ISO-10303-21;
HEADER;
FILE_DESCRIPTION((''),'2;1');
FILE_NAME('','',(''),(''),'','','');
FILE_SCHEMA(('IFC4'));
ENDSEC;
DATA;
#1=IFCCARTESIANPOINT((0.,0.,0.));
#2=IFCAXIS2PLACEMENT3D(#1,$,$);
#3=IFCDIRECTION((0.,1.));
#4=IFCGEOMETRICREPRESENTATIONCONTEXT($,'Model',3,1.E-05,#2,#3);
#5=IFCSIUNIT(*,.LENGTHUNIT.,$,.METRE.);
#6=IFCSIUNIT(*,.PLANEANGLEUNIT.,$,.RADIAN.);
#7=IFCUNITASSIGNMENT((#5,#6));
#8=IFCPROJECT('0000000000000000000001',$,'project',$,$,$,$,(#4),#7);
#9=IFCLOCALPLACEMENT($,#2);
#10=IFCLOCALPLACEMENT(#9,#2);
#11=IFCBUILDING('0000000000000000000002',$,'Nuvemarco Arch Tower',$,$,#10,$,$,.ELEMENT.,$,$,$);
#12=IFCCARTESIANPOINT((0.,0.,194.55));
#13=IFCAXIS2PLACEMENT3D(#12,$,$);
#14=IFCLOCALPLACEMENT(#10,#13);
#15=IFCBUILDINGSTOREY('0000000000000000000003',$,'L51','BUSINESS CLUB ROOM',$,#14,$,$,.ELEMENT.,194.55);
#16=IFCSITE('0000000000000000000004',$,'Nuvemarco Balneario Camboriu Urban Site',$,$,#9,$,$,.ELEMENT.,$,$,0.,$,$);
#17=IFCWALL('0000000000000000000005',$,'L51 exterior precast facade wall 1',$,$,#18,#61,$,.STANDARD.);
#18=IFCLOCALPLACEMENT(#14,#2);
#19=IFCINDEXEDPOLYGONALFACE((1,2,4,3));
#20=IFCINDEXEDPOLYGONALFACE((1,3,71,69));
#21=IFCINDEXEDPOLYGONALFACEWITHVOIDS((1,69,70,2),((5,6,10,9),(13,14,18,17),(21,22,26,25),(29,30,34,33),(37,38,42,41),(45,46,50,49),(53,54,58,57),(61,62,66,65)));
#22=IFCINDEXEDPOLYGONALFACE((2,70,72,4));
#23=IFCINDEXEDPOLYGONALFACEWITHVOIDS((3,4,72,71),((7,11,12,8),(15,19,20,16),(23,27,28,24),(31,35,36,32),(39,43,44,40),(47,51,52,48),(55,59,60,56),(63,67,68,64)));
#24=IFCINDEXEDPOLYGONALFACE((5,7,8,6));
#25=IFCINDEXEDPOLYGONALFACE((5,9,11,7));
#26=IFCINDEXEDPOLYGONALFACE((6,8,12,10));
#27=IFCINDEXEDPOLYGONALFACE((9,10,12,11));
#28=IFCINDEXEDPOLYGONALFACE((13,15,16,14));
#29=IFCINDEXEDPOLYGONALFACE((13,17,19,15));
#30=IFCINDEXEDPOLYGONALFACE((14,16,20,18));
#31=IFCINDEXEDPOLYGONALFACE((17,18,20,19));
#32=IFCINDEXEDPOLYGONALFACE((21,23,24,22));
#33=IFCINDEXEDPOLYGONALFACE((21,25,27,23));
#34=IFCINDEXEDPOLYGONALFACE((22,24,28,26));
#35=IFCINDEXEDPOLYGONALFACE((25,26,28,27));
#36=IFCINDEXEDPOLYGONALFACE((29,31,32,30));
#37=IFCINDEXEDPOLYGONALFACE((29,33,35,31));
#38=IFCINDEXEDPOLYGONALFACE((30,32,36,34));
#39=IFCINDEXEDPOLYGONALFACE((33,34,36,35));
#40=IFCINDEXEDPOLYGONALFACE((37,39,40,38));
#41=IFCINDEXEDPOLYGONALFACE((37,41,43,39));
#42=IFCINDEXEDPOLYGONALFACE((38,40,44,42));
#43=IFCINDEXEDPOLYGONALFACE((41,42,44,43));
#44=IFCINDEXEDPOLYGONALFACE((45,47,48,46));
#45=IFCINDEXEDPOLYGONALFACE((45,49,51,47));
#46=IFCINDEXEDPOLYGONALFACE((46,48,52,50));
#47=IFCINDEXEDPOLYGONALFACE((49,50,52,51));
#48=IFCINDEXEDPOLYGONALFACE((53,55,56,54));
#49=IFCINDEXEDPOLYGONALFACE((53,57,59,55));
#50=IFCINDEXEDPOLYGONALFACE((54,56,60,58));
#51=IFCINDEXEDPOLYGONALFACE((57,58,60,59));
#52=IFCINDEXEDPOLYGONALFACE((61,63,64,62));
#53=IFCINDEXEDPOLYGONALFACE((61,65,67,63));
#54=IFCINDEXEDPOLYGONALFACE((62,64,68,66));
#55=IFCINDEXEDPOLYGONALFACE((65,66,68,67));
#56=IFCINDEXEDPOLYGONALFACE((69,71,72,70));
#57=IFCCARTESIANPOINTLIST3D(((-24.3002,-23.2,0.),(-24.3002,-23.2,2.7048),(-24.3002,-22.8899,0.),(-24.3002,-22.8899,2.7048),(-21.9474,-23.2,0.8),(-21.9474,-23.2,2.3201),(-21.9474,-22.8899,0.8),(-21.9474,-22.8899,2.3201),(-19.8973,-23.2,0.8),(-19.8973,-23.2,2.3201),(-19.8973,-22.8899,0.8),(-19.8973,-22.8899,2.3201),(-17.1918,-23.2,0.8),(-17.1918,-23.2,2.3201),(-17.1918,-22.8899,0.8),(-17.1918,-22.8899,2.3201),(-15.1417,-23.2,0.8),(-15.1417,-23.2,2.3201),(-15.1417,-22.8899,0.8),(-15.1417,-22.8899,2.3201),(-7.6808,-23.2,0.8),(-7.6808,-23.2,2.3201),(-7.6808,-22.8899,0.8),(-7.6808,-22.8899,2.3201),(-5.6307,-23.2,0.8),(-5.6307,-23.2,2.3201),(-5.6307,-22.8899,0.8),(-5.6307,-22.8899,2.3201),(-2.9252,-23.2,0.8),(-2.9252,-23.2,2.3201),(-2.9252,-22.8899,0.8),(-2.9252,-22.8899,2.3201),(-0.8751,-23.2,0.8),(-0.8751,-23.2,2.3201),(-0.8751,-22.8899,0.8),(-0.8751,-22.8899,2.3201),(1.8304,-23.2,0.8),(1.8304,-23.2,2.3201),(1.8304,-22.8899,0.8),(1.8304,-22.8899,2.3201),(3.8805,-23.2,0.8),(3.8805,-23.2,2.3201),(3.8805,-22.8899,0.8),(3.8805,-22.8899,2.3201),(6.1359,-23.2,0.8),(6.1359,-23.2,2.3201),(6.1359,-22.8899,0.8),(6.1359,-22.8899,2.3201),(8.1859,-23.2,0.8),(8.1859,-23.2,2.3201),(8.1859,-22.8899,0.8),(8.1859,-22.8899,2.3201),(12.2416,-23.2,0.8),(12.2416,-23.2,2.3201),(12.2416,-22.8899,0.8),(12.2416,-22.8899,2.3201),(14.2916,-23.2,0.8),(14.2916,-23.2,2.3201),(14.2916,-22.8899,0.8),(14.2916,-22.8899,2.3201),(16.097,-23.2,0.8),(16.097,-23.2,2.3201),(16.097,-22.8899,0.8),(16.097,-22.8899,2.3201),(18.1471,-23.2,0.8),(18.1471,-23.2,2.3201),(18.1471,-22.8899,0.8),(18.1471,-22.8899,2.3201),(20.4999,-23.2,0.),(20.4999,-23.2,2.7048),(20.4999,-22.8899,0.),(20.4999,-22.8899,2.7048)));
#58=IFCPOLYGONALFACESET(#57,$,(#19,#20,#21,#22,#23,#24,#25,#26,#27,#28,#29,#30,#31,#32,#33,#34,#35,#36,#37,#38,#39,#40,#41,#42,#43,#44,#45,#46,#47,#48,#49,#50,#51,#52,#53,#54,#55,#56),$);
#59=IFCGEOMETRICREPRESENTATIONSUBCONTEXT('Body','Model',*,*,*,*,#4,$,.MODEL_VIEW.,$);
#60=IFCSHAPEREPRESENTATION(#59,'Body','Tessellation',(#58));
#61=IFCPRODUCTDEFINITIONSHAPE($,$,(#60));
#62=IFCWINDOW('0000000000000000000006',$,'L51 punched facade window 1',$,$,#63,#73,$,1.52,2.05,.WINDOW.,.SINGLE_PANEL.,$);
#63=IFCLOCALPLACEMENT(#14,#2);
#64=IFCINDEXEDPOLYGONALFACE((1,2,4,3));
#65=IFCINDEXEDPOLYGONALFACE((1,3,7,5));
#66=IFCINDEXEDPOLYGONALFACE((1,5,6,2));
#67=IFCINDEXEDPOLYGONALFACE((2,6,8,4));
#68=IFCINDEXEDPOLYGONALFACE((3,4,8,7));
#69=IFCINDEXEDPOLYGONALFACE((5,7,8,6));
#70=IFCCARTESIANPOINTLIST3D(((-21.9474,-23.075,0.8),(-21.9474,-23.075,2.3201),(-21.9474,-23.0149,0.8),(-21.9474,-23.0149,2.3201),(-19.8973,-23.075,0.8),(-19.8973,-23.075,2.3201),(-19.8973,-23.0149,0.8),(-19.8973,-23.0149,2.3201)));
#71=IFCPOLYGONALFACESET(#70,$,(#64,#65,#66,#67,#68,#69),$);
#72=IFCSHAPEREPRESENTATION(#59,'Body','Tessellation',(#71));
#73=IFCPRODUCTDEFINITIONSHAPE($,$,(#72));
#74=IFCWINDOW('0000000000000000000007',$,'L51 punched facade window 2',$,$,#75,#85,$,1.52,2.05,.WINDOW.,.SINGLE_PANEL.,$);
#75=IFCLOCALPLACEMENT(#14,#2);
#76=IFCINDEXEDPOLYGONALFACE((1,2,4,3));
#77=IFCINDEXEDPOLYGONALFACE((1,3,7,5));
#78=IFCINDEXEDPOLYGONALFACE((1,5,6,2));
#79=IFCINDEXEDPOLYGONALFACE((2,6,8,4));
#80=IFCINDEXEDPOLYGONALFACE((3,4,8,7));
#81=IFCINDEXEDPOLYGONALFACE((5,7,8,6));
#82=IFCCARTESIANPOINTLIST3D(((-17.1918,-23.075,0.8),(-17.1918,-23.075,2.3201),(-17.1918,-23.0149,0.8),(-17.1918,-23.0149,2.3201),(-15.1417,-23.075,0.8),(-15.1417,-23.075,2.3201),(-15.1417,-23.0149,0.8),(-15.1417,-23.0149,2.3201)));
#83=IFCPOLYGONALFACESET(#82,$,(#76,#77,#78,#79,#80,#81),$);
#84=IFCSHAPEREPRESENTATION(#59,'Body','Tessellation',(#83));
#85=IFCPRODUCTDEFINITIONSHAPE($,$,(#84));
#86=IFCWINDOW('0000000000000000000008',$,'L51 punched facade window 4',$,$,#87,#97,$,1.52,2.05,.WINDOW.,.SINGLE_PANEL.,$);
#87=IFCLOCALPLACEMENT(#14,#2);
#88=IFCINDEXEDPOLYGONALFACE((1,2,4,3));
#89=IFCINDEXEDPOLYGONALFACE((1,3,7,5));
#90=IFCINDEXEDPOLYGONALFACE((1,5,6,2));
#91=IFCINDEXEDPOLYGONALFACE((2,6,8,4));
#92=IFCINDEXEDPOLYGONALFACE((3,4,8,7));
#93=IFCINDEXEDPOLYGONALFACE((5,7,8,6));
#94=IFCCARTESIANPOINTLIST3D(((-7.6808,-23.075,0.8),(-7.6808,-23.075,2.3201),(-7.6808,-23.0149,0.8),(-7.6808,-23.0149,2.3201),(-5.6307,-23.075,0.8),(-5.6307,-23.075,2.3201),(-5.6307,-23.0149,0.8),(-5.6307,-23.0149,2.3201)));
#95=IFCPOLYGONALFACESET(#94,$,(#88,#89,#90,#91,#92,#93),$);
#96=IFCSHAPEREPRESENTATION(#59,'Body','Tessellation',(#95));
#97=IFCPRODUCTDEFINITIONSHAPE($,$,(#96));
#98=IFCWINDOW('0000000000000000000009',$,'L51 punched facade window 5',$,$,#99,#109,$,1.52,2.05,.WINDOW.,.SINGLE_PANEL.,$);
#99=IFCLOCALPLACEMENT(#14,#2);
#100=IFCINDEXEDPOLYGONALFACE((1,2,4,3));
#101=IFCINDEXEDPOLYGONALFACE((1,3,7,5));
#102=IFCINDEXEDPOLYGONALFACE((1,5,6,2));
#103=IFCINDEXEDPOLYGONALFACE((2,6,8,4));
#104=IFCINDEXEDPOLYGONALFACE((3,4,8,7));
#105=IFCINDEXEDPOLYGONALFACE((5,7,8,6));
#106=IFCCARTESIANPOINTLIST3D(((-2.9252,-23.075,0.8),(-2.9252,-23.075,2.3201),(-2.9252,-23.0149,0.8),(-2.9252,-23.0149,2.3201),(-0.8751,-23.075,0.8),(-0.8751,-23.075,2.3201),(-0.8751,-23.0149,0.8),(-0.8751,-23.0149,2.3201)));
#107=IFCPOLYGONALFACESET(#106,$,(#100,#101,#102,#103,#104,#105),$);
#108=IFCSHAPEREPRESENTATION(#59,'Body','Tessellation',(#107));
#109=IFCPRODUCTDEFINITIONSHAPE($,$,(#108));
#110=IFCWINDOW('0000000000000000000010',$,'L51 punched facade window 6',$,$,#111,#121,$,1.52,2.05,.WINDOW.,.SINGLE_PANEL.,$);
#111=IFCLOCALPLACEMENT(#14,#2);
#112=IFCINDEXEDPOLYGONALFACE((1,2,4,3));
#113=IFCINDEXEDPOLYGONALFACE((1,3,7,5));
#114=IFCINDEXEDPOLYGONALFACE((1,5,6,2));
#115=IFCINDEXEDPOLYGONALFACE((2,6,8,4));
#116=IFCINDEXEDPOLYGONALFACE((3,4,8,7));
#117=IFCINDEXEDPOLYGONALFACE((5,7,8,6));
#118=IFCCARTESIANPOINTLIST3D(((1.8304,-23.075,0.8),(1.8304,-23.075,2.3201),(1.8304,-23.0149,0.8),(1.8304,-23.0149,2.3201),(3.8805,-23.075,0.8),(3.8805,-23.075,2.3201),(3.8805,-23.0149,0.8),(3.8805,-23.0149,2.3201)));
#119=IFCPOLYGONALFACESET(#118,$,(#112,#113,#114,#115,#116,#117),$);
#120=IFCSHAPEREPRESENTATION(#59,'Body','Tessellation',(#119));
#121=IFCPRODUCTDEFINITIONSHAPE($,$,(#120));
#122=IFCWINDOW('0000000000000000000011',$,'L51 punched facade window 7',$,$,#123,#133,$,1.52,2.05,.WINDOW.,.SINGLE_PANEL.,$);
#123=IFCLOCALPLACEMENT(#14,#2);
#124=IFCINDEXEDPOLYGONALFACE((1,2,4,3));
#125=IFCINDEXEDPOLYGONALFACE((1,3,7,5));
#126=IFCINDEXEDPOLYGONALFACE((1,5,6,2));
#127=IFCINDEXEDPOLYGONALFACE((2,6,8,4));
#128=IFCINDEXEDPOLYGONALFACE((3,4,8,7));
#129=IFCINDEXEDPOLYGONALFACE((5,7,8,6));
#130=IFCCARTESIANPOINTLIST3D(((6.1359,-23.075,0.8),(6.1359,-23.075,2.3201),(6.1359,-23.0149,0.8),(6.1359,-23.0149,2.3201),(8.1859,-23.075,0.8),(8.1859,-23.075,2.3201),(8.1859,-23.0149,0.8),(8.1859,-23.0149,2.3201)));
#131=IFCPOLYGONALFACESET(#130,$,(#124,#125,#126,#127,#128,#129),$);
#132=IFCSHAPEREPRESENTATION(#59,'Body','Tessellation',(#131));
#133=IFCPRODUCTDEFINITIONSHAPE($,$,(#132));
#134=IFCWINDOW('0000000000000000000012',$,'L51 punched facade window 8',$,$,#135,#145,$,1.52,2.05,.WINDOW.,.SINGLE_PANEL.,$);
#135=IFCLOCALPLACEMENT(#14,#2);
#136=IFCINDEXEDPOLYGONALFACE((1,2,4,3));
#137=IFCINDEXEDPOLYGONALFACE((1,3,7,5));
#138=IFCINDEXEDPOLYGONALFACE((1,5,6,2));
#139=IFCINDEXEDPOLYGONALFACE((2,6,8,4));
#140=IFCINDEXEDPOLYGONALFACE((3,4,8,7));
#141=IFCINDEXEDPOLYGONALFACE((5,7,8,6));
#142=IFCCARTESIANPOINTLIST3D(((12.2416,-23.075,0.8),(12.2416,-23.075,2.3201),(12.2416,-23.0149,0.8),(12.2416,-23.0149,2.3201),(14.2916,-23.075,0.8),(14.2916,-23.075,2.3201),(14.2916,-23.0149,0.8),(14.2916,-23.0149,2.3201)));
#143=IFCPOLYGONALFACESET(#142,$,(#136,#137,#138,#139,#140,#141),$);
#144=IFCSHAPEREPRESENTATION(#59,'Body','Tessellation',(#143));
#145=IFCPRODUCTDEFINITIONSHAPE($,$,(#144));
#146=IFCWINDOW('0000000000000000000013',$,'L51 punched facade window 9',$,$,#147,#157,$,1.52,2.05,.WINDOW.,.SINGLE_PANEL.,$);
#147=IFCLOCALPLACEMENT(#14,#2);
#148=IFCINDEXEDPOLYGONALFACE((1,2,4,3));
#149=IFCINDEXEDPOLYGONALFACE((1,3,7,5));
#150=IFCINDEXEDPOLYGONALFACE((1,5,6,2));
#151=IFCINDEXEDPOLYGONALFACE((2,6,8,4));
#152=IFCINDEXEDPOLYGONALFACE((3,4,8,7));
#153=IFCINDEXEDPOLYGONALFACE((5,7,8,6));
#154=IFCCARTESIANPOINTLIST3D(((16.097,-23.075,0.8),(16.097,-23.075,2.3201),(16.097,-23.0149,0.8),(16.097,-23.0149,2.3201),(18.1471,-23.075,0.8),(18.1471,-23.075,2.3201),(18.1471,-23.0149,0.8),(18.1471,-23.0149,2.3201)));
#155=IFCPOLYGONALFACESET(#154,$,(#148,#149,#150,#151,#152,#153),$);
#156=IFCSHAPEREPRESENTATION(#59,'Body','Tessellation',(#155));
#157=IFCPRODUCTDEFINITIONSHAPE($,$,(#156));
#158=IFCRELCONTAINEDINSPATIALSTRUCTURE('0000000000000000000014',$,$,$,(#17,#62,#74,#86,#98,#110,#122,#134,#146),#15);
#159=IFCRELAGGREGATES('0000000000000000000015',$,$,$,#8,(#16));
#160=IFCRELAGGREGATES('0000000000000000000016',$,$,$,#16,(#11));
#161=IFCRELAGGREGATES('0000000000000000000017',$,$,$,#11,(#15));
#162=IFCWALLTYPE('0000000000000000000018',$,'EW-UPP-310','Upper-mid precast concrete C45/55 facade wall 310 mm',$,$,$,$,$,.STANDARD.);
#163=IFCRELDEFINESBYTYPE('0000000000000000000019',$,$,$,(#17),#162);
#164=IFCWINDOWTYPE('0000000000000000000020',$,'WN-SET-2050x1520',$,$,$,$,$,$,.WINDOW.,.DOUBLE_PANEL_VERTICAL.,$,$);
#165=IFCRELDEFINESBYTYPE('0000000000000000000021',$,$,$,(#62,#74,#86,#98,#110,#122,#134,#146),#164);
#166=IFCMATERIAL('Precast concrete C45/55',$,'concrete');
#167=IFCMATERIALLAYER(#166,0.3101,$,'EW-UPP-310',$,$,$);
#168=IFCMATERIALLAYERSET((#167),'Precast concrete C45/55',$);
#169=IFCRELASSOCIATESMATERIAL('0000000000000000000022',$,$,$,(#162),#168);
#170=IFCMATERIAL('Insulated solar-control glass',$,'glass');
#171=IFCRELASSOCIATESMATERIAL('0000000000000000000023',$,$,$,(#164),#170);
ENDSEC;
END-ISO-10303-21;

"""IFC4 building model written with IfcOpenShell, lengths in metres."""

from ifc_helpers import new_model, si_unit, direction, frame, frame_2d, origin, place, context, subcontext, project, spatial, rectangle, extrude, source, transform, mapped, material, layer, layer_set, type_object, type_shapes, element, fill, save


model = new_model("IFC4")

# Units and contexts
model_context = context("Model", 3, precision=1e-05, world=origin(), true_north=direction((0.0, 1.0)))
body_context = subcontext(model_context, "Body", "Model", "MODEL_VIEW")
ifc_project = project(units=[si_unit("LENGTHUNIT", "METRE"), si_unit("PLANEANGLEUNIT", "RADIAN")], contexts=[model_context])

# Site, building, storey
site_placement = place(None, origin())
site = spatial("IfcSite", under=ifc_project, at=site_placement, Name="Nuvemarco Balneario Camboriu Urban Site", CompositionType="ELEMENT", RefElevation=0.0)
building_placement = place(site_placement, origin())
building = spatial("IfcBuilding", under=site, at=building_placement, Name="Nuvemarco Arch Tower", CompositionType="ELEMENT")
storey_placement = place(building_placement, frame((0.0, 0.0, 194.55)))
storey = spatial("IfcBuildingStorey", under=building, at=storey_placement, Name="L51", Description="BUSINESS CLUB ROOM", CompositionType="ELEMENT", Elevation=194.55)

# Wall, openings, windows
ifc_material_1 = material(Name="Precast concrete C45/55", Category="concrete")
ifc_layer_1 = layer(ifc_material_1, 0.3101, Name="EW-UPP-310")
ifc_layer_set_1 = layer_set([ifc_layer_1], Name="Precast concrete C45/55")
wall_type_1 = type_object("IfcWallType", Name="EW-UPP-310", Description="Upper-mid precast concrete C45/55 facade wall 310 mm", PredefinedType="STANDARD", material=ifc_layer_set_1)
wall_1_placement = place(storey_placement, frame((-24.3, -23.0449, 0.0), z_axis=(0.0, 0.0, 1.0), x_axis=(1.0, 0.0, 0.0)))
wall_1 = element("IfcWall", 1, at=wall_1_placement, inside=storey, type_object=wall_type_1, Name="L51 exterior precast facade wall 1", PredefinedType="STANDARD", context=body_context, shape_type="SweptSolid", body=[
    extrude(rectangle(XDim=44.8, YDim=0.3101, at=frame_2d((22.3999, 0.0))), origin(), (0.0, 0.0, 1.0), 2.7048),
])
opening_1_placement = place(wall_1_placement, frame((2.3528, 0.0, 0.8)))
opening_1 = element("IfcOpeningElement", 2, at=opening_1_placement, cuts=wall_1, PredefinedType="OPENING", context=body_context, shape_type="SweptSolid", body=[
    extrude(rectangle(XDim=2.05, YDim=1.52, at=frame_2d((1.0249, 0.76))), frame((0.0, 0.165, 0.0), z_axis=(0.0, -1.0, 0.0), x_axis=(1.0, 0.0, 0.0)), (0.0, 0.0, 1.0), 0.3301),
])
opening_2_placement = place(wall_1_placement, frame((7.1084, 0.0, 0.8)))
opening_2 = element("IfcOpeningElement", 3, at=opening_2_placement, cuts=wall_1, PredefinedType="OPENING", context=body_context, shape_type="SweptSolid", body=[
    extrude(rectangle(XDim=2.05, YDim=1.52, at=frame_2d((1.0249, 0.76))), frame((0.0, 0.165, 0.0), z_axis=(0.0, -1.0, 0.0), x_axis=(1.0, 0.0, 0.0)), (0.0, 0.0, 1.0), 0.3301),
])
opening_3_placement = place(wall_1_placement, frame((16.6194, 0.0, 0.8)))
opening_3 = element("IfcOpeningElement", 4, at=opening_3_placement, cuts=wall_1, PredefinedType="OPENING", context=body_context, shape_type="SweptSolid", body=[
    extrude(rectangle(XDim=2.05, YDim=1.52, at=frame_2d((1.0249, 0.76))), frame((0.0, 0.165, 0.0), z_axis=(0.0, -1.0, 0.0), x_axis=(1.0, 0.0, 0.0)), (0.0, 0.0, 1.0), 0.3301),
])
opening_4_placement = place(wall_1_placement, frame((21.375, 0.0, 0.8)))
opening_4 = element("IfcOpeningElement", 5, at=opening_4_placement, cuts=wall_1, PredefinedType="OPENING", context=body_context, shape_type="SweptSolid", body=[
    extrude(rectangle(XDim=2.05, YDim=1.52, at=frame_2d((1.0249, 0.76))), frame((0.0, 0.165, 0.0), z_axis=(0.0, -1.0, 0.0), x_axis=(1.0, 0.0, 0.0)), (0.0, 0.0, 1.0), 0.3301),
])
opening_5_placement = place(wall_1_placement, frame((26.1306, 0.0, 0.8)))
opening_5 = element("IfcOpeningElement", 6, at=opening_5_placement, cuts=wall_1, PredefinedType="OPENING", context=body_context, shape_type="SweptSolid", body=[
    extrude(rectangle(XDim=2.05, YDim=1.52, at=frame_2d((1.0249, 0.76))), frame((0.0, 0.165, 0.0), z_axis=(0.0, -1.0, 0.0), x_axis=(1.0, 0.0, 0.0)), (0.0, 0.0, 1.0), 0.3301),
])
opening_6_placement = place(wall_1_placement, frame((30.436, 0.0, 0.8)))
opening_6 = element("IfcOpeningElement", 7, at=opening_6_placement, cuts=wall_1, PredefinedType="OPENING", context=body_context, shape_type="SweptSolid", body=[
    extrude(rectangle(XDim=2.05, YDim=1.52, at=frame_2d((1.0249, 0.76))), frame((0.0, 0.165, 0.0), z_axis=(0.0, -1.0, 0.0), x_axis=(1.0, 0.0, 0.0)), (0.0, 0.0, 1.0), 0.3301),
])
opening_7_placement = place(wall_1_placement, frame((36.5417, 0.0, 0.8)))
opening_7 = element("IfcOpeningElement", 8, at=opening_7_placement, cuts=wall_1, PredefinedType="OPENING", context=body_context, shape_type="SweptSolid", body=[
    extrude(rectangle(XDim=2.05, YDim=1.52, at=frame_2d((1.0249, 0.76))), frame((0.0, 0.165, 0.0), z_axis=(0.0, -1.0, 0.0), x_axis=(1.0, 0.0, 0.0)), (0.0, 0.0, 1.0), 0.3301),
])
opening_8_placement = place(wall_1_placement, frame((40.3972, 0.0, 0.8)))
opening_8 = element("IfcOpeningElement", 9, at=opening_8_placement, cuts=wall_1, PredefinedType="OPENING", context=body_context, shape_type="SweptSolid", body=[
    extrude(rectangle(XDim=2.05, YDim=1.52, at=frame_2d((1.0249, 0.76))), frame((0.0, 0.165, 0.0), z_axis=(0.0, -1.0, 0.0), x_axis=(1.0, 0.0, 0.0)), (0.0, 0.0, 1.0), 0.3301),
])
ifc_material_2 = material(Name="Insulated solar-control glass", Category="glass")
window_type = type_object("IfcWindowType", Name="WN-SET-2050x1520", PartitioningType="DOUBLE_PANEL_VERTICAL", PredefinedType="WINDOW", material=ifc_material_2)
shared_shape_1 = source(origin(), body_context, "Body", "SweptSolid", [
    extrude(rectangle(XDim=2.05, YDim=1.52, at=frame_2d((1.0249, 0.76))), frame((0.0, 0.03, 0.0), z_axis=(0.0, -1.0, 0.0), x_axis=(1.0, 0.0, 0.0)), (0.0, 0.0, 1.0), 0.0601),
])
type_shapes(window_type, [shared_shape_1])
window_1_placement = place(opening_1_placement, origin())
window_1 = element("IfcWindow", 10, at=window_1_placement, inside=storey, type_object=window_type, Name="L51 punched facade window 1", OverallHeight=1.52, OverallWidth=2.05, PartitioningType="SINGLE_PANEL", PredefinedType="WINDOW", context=body_context, shape_type="MappedRepresentation", body=[
    mapped(shared_shape_1, transform((0.0, 0.0, 0.0), scale=1.0)),
])
fill(opening_1, window_1)
window_2_placement = place(opening_2_placement, origin())
window_2 = element("IfcWindow", 11, at=window_2_placement, inside=storey, type_object=window_type, Name="L51 punched facade window 2", OverallHeight=1.52, OverallWidth=2.05, PartitioningType="SINGLE_PANEL", PredefinedType="WINDOW", context=body_context, shape_type="MappedRepresentation", body=[
    mapped(shared_shape_1, transform((0.0, 0.0, 0.0), scale=1.0)),
])
fill(opening_2, window_2)
window_3_placement = place(opening_3_placement, origin())
window_3 = element("IfcWindow", 12, at=window_3_placement, inside=storey, type_object=window_type, Name="L51 punched facade window 4", OverallHeight=1.52, OverallWidth=2.05, PartitioningType="SINGLE_PANEL", PredefinedType="WINDOW", context=body_context, shape_type="MappedRepresentation", body=[
    mapped(shared_shape_1, transform((0.0, 0.0, 0.0), scale=1.0)),
])
fill(opening_3, window_3)
window_4_placement = place(opening_4_placement, origin())
window_4 = element("IfcWindow", 13, at=window_4_placement, inside=storey, type_object=window_type, Name="L51 punched facade window 5", OverallHeight=1.52, OverallWidth=2.05, PartitioningType="SINGLE_PANEL", PredefinedType="WINDOW", context=body_context, shape_type="MappedRepresentation", body=[
    mapped(shared_shape_1, transform((0.0, 0.0, 0.0), scale=1.0)),
])
fill(opening_4, window_4)
window_5_placement = place(opening_5_placement, origin())
window_5 = element("IfcWindow", 14, at=window_5_placement, inside=storey, type_object=window_type, Name="L51 punched facade window 6", OverallHeight=1.52, OverallWidth=2.05, PartitioningType="SINGLE_PANEL", PredefinedType="WINDOW", context=body_context, shape_type="MappedRepresentation", body=[
    mapped(shared_shape_1, transform((0.0, 0.0, 0.0), scale=1.0)),
])
fill(opening_5, window_5)
window_6_placement = place(opening_6_placement, origin())
window_6 = element("IfcWindow", 15, at=window_6_placement, inside=storey, type_object=window_type, Name="L51 punched facade window 7", OverallHeight=1.52, OverallWidth=2.05, PartitioningType="SINGLE_PANEL", PredefinedType="WINDOW", context=body_context, shape_type="MappedRepresentation", body=[
    mapped(shared_shape_1, transform((0.0, 0.0, 0.0), scale=1.0)),
])
fill(opening_6, window_6)
window_7_placement = place(opening_7_placement, origin())
window_7 = element("IfcWindow", 16, at=window_7_placement, inside=storey, type_object=window_type, Name="L51 punched facade window 8", OverallHeight=1.52, OverallWidth=2.05, PartitioningType="SINGLE_PANEL", PredefinedType="WINDOW", context=body_context, shape_type="MappedRepresentation", body=[
    mapped(shared_shape_1, transform((0.0, 0.0, 0.0), scale=1.0)),
])
fill(opening_7, window_7)
window_8_placement = place(opening_8_placement, origin())
window_8 = element("IfcWindow", 17, at=window_8_placement, inside=storey, type_object=window_type, Name="L51 punched facade window 9", OverallHeight=1.52, OverallWidth=2.05, PartitioningType="SINGLE_PANEL", PredefinedType="WINDOW", context=body_context, shape_type="MappedRepresentation", body=[
    mapped(shared_shape_1, transform((0.0, 0.0, 0.0), scale=1.0)),
])
fill(opening_8, window_8)

save(model, "model.ifc")
